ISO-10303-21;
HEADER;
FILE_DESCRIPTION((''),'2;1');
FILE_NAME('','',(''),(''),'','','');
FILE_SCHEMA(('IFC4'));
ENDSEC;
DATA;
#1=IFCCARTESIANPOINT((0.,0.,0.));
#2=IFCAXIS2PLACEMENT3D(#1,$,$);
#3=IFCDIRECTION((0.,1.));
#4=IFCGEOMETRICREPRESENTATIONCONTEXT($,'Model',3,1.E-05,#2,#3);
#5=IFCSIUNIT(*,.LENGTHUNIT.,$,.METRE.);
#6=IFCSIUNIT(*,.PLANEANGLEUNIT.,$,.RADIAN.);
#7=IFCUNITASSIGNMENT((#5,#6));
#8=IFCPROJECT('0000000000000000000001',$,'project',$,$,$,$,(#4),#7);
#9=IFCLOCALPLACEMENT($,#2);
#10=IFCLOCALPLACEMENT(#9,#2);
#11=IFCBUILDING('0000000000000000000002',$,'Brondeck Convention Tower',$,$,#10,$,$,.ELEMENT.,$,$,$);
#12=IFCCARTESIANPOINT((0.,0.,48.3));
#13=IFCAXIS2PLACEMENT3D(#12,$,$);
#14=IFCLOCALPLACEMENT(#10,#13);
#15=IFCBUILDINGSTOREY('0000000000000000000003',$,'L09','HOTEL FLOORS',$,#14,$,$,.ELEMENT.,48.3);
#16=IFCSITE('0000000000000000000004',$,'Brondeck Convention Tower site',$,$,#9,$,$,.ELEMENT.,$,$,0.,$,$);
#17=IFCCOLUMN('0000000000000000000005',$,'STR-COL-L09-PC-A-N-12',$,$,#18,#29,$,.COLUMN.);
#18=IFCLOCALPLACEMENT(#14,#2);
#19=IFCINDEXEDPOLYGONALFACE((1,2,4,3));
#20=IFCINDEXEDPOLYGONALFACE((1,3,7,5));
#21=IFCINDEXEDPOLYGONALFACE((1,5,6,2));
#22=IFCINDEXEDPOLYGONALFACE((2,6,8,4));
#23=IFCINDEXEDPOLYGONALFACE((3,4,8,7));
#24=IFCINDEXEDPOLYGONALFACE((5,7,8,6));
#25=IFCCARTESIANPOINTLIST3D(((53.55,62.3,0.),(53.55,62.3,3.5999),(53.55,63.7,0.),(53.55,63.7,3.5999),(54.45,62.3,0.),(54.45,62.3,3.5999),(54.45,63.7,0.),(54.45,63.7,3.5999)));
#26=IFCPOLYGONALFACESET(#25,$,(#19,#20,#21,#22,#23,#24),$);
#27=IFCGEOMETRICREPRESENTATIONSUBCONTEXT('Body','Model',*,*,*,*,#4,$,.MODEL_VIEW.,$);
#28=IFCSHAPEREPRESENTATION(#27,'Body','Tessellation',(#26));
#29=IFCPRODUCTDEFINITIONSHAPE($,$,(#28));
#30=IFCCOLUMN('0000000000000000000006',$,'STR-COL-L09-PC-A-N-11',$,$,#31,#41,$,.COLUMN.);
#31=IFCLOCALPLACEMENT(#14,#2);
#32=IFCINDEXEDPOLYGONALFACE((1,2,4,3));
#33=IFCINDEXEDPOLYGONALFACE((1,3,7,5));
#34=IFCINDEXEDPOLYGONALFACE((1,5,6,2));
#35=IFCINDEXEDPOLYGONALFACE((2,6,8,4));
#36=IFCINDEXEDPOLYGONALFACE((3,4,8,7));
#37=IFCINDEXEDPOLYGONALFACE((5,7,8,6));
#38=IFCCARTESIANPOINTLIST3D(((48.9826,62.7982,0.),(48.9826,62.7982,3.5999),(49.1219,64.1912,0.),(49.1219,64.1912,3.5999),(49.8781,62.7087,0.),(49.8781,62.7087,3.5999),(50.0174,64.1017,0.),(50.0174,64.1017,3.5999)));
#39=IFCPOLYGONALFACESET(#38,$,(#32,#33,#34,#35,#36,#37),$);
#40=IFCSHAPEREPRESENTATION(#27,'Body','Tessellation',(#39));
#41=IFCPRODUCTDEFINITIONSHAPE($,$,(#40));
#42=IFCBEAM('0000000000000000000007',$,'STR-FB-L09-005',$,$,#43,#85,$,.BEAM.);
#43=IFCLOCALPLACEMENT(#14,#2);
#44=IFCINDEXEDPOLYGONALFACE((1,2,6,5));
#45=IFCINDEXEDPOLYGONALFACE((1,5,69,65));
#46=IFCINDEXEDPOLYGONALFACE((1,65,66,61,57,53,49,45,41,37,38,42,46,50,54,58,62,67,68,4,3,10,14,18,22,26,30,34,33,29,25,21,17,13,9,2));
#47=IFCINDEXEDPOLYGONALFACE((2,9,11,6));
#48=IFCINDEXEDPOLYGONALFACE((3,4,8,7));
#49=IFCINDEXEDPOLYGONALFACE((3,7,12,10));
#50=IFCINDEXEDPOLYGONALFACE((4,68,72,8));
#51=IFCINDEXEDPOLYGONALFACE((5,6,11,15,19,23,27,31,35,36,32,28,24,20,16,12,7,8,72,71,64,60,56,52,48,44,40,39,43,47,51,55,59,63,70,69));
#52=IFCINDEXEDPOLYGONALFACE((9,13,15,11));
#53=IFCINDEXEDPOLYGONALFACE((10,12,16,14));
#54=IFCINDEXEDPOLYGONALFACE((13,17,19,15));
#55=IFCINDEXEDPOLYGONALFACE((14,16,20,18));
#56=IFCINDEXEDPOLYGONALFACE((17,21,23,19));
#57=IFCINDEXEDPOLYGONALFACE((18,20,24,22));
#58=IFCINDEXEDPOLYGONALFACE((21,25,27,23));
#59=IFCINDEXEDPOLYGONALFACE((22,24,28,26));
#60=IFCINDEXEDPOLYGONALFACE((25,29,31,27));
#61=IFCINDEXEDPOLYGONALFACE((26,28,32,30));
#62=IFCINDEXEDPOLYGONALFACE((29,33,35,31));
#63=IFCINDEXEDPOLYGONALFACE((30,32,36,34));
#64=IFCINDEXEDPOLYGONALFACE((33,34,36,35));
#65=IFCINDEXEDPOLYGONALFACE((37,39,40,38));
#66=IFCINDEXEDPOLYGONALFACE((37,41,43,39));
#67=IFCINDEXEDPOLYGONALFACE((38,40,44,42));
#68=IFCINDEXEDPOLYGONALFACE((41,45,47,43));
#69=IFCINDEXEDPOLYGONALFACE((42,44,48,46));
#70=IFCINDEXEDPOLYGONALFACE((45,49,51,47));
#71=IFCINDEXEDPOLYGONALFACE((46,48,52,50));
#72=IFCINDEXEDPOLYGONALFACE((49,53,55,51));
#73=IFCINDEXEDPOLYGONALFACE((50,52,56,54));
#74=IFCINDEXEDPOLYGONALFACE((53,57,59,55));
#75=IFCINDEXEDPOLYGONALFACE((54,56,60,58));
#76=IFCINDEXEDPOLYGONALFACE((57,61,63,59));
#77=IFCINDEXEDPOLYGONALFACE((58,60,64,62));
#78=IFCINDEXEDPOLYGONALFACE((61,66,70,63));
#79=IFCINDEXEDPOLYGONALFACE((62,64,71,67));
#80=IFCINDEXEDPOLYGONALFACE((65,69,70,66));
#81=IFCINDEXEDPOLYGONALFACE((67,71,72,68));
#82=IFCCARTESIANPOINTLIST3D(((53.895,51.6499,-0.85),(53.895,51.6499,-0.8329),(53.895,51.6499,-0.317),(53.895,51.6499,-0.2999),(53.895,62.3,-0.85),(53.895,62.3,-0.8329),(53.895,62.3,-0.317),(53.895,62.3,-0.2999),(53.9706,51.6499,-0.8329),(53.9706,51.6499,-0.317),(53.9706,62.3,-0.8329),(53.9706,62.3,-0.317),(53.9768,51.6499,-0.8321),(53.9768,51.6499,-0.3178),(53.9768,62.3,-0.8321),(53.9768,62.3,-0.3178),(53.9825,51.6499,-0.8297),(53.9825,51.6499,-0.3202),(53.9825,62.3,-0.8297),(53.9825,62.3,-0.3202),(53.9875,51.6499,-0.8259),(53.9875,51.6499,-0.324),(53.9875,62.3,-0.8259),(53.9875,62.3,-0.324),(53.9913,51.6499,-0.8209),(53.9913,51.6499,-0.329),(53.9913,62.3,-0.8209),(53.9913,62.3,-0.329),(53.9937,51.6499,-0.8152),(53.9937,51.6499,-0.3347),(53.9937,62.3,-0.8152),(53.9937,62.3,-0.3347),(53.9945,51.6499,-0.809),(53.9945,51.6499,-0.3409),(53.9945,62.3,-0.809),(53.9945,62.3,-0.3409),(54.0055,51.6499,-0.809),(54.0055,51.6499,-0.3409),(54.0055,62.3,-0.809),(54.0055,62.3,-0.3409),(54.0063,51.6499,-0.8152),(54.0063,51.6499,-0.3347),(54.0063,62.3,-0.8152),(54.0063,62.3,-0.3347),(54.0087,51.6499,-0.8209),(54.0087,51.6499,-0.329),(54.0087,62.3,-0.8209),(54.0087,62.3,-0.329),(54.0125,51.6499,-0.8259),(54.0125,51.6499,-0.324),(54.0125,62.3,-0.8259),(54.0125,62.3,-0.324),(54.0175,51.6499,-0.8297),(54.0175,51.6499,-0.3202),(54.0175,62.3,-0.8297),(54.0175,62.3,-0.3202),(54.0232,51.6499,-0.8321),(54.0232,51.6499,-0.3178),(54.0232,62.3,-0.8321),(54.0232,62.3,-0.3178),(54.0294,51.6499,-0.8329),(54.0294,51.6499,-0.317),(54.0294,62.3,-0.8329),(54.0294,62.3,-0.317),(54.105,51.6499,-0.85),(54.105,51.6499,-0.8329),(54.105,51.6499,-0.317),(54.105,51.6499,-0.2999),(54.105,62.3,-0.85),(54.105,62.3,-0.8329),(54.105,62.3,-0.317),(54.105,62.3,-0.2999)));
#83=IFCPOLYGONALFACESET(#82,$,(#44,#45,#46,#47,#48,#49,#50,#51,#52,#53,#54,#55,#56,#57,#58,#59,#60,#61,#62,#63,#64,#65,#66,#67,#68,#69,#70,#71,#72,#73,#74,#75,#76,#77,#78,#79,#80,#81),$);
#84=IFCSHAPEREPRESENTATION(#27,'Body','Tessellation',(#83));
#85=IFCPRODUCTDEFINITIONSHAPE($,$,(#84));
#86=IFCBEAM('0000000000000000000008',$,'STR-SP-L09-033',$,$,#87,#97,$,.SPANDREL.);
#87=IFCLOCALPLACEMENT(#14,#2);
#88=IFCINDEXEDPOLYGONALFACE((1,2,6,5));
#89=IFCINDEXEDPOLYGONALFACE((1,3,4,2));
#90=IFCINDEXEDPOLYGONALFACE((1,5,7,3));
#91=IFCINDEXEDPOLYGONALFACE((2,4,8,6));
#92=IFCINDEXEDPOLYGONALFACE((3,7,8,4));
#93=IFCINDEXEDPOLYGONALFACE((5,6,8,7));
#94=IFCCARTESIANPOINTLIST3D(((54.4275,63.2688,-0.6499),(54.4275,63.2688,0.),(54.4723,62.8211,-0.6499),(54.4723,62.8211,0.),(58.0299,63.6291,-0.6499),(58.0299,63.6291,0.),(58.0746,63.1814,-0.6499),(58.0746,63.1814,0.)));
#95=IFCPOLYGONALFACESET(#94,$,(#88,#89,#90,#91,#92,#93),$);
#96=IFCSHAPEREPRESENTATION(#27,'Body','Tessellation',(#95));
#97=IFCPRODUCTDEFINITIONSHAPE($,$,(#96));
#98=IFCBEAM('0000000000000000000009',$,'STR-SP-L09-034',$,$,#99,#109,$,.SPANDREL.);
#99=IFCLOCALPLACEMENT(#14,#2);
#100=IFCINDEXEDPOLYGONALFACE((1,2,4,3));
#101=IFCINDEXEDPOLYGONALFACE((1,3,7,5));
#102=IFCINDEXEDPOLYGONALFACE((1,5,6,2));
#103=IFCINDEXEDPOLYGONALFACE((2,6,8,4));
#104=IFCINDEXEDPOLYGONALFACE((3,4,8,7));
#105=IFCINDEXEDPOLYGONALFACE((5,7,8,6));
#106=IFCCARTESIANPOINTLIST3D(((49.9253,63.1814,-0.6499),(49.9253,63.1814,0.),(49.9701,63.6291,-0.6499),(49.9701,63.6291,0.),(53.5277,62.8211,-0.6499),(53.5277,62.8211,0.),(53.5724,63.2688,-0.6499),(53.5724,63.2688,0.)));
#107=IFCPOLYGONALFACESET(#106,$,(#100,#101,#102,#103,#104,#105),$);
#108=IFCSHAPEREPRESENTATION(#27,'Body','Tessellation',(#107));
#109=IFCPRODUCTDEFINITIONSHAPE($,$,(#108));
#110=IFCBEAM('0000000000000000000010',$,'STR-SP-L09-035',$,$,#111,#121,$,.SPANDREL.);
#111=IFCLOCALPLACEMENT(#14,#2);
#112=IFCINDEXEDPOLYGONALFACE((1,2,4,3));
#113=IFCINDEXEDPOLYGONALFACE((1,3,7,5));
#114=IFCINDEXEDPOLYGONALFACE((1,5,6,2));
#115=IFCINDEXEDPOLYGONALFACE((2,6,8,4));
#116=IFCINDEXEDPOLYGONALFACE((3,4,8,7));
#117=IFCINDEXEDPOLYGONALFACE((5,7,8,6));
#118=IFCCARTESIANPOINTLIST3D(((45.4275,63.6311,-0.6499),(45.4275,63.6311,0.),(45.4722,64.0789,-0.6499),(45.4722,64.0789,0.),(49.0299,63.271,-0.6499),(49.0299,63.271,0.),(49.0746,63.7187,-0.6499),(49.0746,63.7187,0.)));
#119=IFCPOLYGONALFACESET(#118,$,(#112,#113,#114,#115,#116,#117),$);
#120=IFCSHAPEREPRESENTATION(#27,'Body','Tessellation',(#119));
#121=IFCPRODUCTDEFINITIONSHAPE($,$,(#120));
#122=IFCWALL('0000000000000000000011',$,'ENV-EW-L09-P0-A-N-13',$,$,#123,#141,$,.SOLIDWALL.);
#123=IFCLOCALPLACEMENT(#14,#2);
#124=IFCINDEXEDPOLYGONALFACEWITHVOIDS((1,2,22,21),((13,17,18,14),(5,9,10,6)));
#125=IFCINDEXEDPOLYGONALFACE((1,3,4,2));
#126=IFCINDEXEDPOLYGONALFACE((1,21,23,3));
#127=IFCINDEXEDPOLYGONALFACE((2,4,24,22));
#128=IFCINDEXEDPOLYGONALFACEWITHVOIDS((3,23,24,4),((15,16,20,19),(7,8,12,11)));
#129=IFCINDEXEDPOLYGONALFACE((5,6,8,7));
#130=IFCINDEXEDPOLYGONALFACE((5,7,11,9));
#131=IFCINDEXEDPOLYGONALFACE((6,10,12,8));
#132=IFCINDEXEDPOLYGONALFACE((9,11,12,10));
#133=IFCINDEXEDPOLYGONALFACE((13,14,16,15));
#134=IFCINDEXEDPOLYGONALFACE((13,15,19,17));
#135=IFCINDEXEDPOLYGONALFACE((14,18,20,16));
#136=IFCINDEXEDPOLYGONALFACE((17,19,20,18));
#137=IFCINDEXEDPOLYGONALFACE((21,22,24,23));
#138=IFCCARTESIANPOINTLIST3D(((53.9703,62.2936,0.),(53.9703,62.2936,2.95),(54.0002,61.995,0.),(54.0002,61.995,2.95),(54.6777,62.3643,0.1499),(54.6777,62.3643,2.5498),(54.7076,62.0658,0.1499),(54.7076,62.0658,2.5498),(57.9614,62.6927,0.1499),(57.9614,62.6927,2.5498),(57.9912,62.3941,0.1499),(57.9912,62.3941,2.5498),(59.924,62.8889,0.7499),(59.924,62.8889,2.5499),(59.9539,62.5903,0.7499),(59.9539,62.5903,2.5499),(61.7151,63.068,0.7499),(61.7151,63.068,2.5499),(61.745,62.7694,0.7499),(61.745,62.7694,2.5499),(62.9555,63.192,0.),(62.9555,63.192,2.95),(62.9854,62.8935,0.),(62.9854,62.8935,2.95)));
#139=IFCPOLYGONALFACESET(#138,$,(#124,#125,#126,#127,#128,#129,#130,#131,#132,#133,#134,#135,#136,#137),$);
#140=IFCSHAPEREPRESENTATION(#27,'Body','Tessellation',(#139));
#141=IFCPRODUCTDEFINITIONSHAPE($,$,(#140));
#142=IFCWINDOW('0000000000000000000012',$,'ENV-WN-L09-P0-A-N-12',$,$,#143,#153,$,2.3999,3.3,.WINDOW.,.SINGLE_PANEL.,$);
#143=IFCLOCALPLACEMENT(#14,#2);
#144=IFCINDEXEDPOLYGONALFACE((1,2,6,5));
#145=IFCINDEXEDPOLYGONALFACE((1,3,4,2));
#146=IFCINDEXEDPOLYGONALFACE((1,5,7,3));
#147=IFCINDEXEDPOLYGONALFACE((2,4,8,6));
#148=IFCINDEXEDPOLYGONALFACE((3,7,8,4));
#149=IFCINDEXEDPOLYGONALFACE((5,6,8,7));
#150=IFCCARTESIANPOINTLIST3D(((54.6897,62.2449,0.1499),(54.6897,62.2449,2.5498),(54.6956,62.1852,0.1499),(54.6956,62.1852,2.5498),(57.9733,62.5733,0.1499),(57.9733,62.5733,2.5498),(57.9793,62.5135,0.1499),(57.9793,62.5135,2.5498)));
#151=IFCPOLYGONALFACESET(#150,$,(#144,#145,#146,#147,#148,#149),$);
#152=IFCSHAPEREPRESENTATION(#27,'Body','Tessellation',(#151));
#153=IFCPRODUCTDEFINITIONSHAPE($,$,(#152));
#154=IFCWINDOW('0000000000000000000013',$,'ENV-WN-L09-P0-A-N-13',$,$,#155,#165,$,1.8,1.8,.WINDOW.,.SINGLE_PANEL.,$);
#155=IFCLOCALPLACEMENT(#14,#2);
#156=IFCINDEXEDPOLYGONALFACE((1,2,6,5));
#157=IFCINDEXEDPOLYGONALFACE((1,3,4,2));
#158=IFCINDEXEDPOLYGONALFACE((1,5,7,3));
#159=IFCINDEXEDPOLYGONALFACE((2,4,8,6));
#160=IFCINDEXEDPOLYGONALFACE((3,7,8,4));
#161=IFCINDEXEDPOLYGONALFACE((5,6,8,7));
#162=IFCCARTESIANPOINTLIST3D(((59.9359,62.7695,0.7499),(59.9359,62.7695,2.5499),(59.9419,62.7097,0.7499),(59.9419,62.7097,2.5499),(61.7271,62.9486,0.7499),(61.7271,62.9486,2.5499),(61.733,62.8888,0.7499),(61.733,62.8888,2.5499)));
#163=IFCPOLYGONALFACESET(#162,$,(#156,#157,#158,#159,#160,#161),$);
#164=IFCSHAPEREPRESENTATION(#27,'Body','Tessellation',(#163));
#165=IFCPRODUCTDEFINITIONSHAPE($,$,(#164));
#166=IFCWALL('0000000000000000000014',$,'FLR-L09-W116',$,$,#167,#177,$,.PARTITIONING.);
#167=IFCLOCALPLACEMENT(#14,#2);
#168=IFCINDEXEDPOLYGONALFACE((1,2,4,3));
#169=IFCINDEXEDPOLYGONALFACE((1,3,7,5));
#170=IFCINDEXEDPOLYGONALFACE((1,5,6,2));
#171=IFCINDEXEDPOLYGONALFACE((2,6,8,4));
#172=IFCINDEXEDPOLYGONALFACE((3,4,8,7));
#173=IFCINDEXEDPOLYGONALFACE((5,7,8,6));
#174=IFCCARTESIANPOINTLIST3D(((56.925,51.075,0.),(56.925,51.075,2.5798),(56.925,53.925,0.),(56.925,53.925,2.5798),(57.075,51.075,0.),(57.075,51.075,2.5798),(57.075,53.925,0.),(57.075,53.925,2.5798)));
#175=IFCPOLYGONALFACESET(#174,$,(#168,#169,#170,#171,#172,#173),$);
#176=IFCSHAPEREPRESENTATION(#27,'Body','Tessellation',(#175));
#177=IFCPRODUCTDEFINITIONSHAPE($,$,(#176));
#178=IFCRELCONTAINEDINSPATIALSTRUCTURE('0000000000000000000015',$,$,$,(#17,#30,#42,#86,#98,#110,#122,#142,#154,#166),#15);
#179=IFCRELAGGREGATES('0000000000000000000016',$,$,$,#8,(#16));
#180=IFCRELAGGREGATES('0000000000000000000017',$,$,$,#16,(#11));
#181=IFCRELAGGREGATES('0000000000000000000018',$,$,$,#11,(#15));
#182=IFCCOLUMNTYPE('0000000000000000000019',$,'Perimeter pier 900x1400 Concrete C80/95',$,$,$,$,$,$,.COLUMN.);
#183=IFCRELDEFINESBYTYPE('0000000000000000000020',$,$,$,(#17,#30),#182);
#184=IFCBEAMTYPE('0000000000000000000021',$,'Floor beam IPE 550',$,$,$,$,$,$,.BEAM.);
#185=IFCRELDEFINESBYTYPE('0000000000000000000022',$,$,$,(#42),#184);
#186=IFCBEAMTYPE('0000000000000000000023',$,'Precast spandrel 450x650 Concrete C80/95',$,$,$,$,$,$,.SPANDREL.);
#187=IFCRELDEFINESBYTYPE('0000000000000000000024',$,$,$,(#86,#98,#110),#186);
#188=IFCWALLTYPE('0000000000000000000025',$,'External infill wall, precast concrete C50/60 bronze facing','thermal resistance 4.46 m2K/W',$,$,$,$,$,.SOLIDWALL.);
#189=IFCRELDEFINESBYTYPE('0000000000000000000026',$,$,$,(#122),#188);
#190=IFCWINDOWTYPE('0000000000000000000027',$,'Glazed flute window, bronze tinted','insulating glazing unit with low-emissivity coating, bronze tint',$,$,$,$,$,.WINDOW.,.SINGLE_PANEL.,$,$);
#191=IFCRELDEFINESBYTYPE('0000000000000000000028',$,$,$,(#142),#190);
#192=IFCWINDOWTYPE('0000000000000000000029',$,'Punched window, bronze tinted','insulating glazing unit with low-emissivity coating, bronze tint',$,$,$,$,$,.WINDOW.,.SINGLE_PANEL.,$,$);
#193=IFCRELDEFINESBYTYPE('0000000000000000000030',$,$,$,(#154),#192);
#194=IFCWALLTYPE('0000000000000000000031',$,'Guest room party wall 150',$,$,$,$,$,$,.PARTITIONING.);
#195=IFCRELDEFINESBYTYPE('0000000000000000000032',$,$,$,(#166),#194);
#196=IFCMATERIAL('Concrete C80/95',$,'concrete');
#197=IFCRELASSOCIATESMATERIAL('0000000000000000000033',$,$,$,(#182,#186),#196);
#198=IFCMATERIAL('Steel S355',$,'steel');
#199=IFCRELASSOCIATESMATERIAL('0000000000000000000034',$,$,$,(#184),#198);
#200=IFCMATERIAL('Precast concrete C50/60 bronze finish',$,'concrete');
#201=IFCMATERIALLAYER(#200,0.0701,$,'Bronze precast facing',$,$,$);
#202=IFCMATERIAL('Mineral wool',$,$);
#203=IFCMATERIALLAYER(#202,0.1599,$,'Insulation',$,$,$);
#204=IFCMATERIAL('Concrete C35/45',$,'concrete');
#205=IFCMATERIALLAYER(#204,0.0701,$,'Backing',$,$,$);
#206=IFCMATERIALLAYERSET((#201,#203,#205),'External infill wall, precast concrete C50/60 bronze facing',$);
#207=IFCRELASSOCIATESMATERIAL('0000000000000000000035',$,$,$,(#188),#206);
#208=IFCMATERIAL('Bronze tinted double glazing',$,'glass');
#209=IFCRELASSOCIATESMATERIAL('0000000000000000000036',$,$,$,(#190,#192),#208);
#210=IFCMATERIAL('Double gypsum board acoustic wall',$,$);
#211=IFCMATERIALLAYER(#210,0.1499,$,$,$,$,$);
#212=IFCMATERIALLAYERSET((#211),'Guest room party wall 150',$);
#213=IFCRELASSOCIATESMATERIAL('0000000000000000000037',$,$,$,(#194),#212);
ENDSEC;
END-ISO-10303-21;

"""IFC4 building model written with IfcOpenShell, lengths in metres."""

from ifc_helpers import new_model, si_unit, direction, frame, frame_2d, origin, origin_2d, place, context, subcontext, project, spatial, rectangle, i_section, extrude, material, layer, layer_set, material_profile, profile_set, type_object, element, fill, save


model = new_model("IFC4")

# Units and contexts
model_context = context("Model", 3, precision=1e-05, world=origin(), true_north=direction((0.0, 1.0)))
body_context = subcontext(model_context, "Body", "Model", "MODEL_VIEW")
ifc_project = project(units=[si_unit("LENGTHUNIT", "METRE"), si_unit("PLANEANGLEUNIT", "RADIAN")], contexts=[model_context])

# Site, building, storey
site_placement = place(None, origin())
site = spatial("IfcSite", under=ifc_project, at=site_placement, Name="Brondeck Convention Tower site", CompositionType="ELEMENT", RefElevation=0.0)
building_placement = place(site_placement, origin())
building = spatial("IfcBuilding", under=site, at=building_placement, Name="Brondeck Convention Tower", CompositionType="ELEMENT")
storey_placement = place(building_placement, frame((0.0, 0.0, 48.3)))
storey = spatial("IfcBuildingStorey", under=building, at=storey_placement, Name="L09", Description="HOTEL FLOORS", CompositionType="ELEMENT", Elevation=48.3)

# Columns
ifc_material_1 = material(Name="Concrete C80/95", Category="concrete")
ifc_material_profile_1 = material_profile(ifc_material_1, rectangle(XDim=0.8999, YDim=1.3999, at=origin_2d()), Name="Perimeter pier 900x1400 Concrete C80/95")
ifc_profile_set_1 = profile_set([ifc_material_profile_1], Name="Concrete C80/95")
column_type = type_object("IfcColumnType", Name="Perimeter pier 900x1400 Concrete C80/95", PredefinedType="COLUMN", material=ifc_profile_set_1)
for number, where, z_axis, x_axis, name in (
    (1, (54.0, 63.0, 0.0), (0.0, 0.0, 1.0), (-1.0, 0.0, 0.0), "STR-COL-L09-PC-A-N-12"),
    (2, (49.5, 63.45, 0.0), (0.0, 0.0, 1.0), (-0.995037, 0.099504, 0.0), "STR-COL-L09-PC-A-N-11"),
):
    element("IfcColumn", number, at=place(storey_placement, frame(where, z_axis=z_axis, x_axis=x_axis)), inside=storey, type_object=column_type, Name=name, PredefinedType="COLUMN", context=body_context, shape_type="SweptSolid", body=[
        extrude(rectangle(XDim=0.8999, YDim=1.3999, at=origin_2d()), origin(), (0.0, 0.0, 1.0), 3.5999),
    ])

# Beams
ifc_material_2 = material(Name="Steel S355", Category="steel")
ifc_material_profile_2 = material_profile(ifc_material_2, i_section(OverallWidth=0.21, OverallDepth=0.55, WebThickness=0.011, FlangeThickness=0.0171, FilletRadius=0.0239, at=origin_2d()), Name="IPE 550")
ifc_profile_set_2 = profile_set([ifc_material_profile_2], Name="Steel S355")
beam_type_1 = type_object("IfcBeamType", Name="Floor beam IPE 550", PredefinedType="BEAM", material=ifc_profile_set_2)
beam_placement = place(storey_placement, frame((54.0, 51.6499, -0.575), z_axis=(0.0, 1.0, 0.0), x_axis=(-1.0, 0.0, 0.0)))
element("IfcBeam", 3, at=beam_placement, inside=storey, type_object=beam_type_1, Name="STR-FB-L09-005", PredefinedType="BEAM", context=body_context, shape_type="SweptSolid", body=[
    extrude(i_section(OverallWidth=0.21, OverallDepth=0.55, WebThickness=0.011, FlangeThickness=0.0171, FilletRadius=0.0239, at=origin_2d()), origin(), (0.0, 0.0, 1.0), 10.6501),
])
ifc_material_profile_3 = material_profile(ifc_material_1, rectangle(XDim=0.45, YDim=0.6499, at=origin_2d()), Name="Precast spandrel 450x650 Concrete C80/95")
ifc_profile_set_3 = profile_set([ifc_material_profile_3], Name="Concrete C80/95")
beam_type_2 = type_object("IfcBeamType", Name="Precast spandrel 450x650 Concrete C80/95", PredefinedType="SPANDREL", material=ifc_profile_set_3)
for number, where, z_axis, x_axis, name in (
    (4, (58.0522, 63.4053, -0.325), (-0.995034, -0.099537, 0.0), (0.099537, -0.995034, 0.0), "STR-SP-L09-033"),
    (5, (53.55, 63.0449, -0.325), (-0.995034, 0.099537, 0.0), (-0.099537, -0.995034, 0.0), "STR-SP-L09-034"),
    (6, (49.0522, 63.4949, -0.325), (-0.995041, 0.09947, 0.0), (-0.09947, -0.995041, 0.0), "STR-SP-L09-035"),
):
    element("IfcBeam", number, at=place(storey_placement, frame(where, z_axis=z_axis, x_axis=x_axis)), inside=storey, type_object=beam_type_2, Name=name, PredefinedType="SPANDREL", context=body_context, shape_type="SweptSolid", body=[
        extrude(rectangle(XDim=0.45, YDim=0.6499, at=origin_2d()), origin(), (0.0, 0.0, 1.0), 3.6204),
    ])

# Wall, openings, windows
ifc_material_3 = material(Name="Precast concrete C50/60 bronze finish", Category="concrete")
ifc_layer_1 = layer(ifc_material_3, 0.0701, Name="Bronze precast facing")
ifc_material_4 = material(Name="Mineral wool")
ifc_layer_2 = layer(ifc_material_4, 0.1599, Name="Insulation")
ifc_material_5 = material(Name="Concrete C35/45", Category="concrete")
ifc_layer_3 = layer(ifc_material_5, 0.0701, Name="Backing")
ifc_layer_set_1 = layer_set([ifc_layer_1, ifc_layer_2, ifc_layer_3], Name="External infill wall, precast concrete C50/60 bronze facing")
wall_type_1 = type_object("IfcWallType", Name="External infill wall, precast concrete C50/60 bronze facing", Description="thermal resistance 4.46 m2K/W", PredefinedType="SOLIDWALL", material=ifc_layer_set_1)
wall_1_placement = place(storey_placement, frame((53.9851, 62.1443, 0.0), z_axis=(0.0, 0.0, 1.0), x_axis=(0.995038, 0.099496, 0.0)))
wall_1 = element("IfcWall", 7, at=wall_1_placement, inside=storey, type_object=wall_type_1, Name="ENV-EW-L09-P0-A-N-13", PredefinedType="SOLIDWALL", context=body_context, shape_type="SweptSolid", body=[
    extrude(rectangle(XDim=9.03, YDim=0.3, at=frame_2d((4.5151, 0.0))), origin(), (0.0, 0.0, 1.0), 2.95),
])
opening_1_placement = place(wall_1_placement, frame((0.7112, 0.0, 0.1499)))
opening_1 = element("IfcOpeningElement", 8, at=opening_1_placement, cuts=wall_1, PredefinedType="OPENING", context=body_context, shape_type="SweptSolid", body=[
    extrude(rectangle(XDim=3.3, YDim=2.3999, at=frame_2d((1.6499, 1.2))), frame((0.0, 0.1599, 0.0), z_axis=(0.0, -1.0, 0.0), x_axis=(1.0, 0.0, 0.0)), (0.0, 0.0, 1.0), 0.3201),
])
opening_2_placement = place(wall_1_placement, frame((5.9836, 0.0, 0.75)))
opening_2 = element("IfcOpeningElement", 9, at=opening_2_placement, cuts=wall_1, PredefinedType="OPENING", context=body_context, shape_type="SweptSolid", body=[
    extrude(rectangle(XDim=1.8, YDim=1.8, at=frame_2d((0.8999, 0.8999))), frame((0.0, 0.1599, 0.0), z_axis=(0.0, -1.0, 0.0), x_axis=(1.0, 0.0, 0.0)), (0.0, 0.0, 1.0), 0.3201),
])
ifc_material_6 = material(Name="Bronze tinted double glazing", Category="glass")
window_type_1 = type_object("IfcWindowType", Name="Glazed flute window, bronze tinted", Description="insulating glazing unit with low-emissivity coating, bronze tint", PartitioningType="SINGLE_PANEL", PredefinedType="WINDOW", material=ifc_material_6)
window_1_placement = place(opening_1_placement, origin())
window_1 = element("IfcWindow", 10, at=window_1_placement, inside=storey, type_object=window_type_1, Name="ENV-WN-L09-P0-A-N-12", OverallHeight=2.3999, OverallWidth=3.3, PartitioningType="SINGLE_PANEL", PredefinedType="WINDOW", context=body_context, shape_type="SweptSolid", body=[
    extrude(rectangle(XDim=3.3, YDim=2.3999, at=frame_2d((1.6499, 1.2))), frame((0.0, 0.03, 0.0), z_axis=(0.0, -1.0, 0.0), x_axis=(1.0, 0.0, 0.0)), (0.0, 0.0, 1.0), 0.0601),
])
fill(opening_1, window_1)
window_type_2 = type_object("IfcWindowType", Name="Punched window, bronze tinted", Description="insulating glazing unit with low-emissivity coating, bronze tint", PartitioningType="SINGLE_PANEL", PredefinedType="WINDOW", material=ifc_material_6)
window_2_placement = place(opening_2_placement, origin())
window_2 = element("IfcWindow", 11, at=window_2_placement, inside=storey, type_object=window_type_2, Name="ENV-WN-L09-P0-A-N-13", OverallHeight=1.8, OverallWidth=1.8, PartitioningType="SINGLE_PANEL", PredefinedType="WINDOW", context=body_context, shape_type="SweptSolid", body=[
    extrude(rectangle(XDim=1.8, YDim=1.8, at=frame_2d((0.8999, 0.8999))), frame((0.0, 0.03, 0.0), z_axis=(0.0, -1.0, 0.0), x_axis=(1.0, 0.0, 0.0)), (0.0, 0.0, 1.0), 0.0601),
])
fill(opening_2, window_2)

# Wall
ifc_material_7 = material(Name="Double gypsum board acoustic wall")
ifc_layer_4 = layer(ifc_material_7, 0.1499)
ifc_layer_set_2 = layer_set([ifc_layer_4], Name="Guest room party wall 150")
wall_type_2 = type_object("IfcWallType", Name="Guest room party wall 150", PredefinedType="PARTITIONING", material=ifc_layer_set_2)
wall_2_placement = place(storey_placement, frame((57.0, 51.075, 0.0), z_axis=(0.0, 0.0, 1.0), x_axis=(0.0, 1.0, 0.0)))
element("IfcWall", 12, at=wall_2_placement, inside=storey, type_object=wall_type_2, Name="FLR-L09-W116", PredefinedType="PARTITIONING", context=body_context, shape_type="SweptSolid", body=[
    extrude(rectangle(XDim=2.8501, YDim=0.1499, at=frame_2d((1.425, 0.0))), origin(), (0.0, 0.0, 1.0), 2.5798),
])

save(model, "model.ifc")
